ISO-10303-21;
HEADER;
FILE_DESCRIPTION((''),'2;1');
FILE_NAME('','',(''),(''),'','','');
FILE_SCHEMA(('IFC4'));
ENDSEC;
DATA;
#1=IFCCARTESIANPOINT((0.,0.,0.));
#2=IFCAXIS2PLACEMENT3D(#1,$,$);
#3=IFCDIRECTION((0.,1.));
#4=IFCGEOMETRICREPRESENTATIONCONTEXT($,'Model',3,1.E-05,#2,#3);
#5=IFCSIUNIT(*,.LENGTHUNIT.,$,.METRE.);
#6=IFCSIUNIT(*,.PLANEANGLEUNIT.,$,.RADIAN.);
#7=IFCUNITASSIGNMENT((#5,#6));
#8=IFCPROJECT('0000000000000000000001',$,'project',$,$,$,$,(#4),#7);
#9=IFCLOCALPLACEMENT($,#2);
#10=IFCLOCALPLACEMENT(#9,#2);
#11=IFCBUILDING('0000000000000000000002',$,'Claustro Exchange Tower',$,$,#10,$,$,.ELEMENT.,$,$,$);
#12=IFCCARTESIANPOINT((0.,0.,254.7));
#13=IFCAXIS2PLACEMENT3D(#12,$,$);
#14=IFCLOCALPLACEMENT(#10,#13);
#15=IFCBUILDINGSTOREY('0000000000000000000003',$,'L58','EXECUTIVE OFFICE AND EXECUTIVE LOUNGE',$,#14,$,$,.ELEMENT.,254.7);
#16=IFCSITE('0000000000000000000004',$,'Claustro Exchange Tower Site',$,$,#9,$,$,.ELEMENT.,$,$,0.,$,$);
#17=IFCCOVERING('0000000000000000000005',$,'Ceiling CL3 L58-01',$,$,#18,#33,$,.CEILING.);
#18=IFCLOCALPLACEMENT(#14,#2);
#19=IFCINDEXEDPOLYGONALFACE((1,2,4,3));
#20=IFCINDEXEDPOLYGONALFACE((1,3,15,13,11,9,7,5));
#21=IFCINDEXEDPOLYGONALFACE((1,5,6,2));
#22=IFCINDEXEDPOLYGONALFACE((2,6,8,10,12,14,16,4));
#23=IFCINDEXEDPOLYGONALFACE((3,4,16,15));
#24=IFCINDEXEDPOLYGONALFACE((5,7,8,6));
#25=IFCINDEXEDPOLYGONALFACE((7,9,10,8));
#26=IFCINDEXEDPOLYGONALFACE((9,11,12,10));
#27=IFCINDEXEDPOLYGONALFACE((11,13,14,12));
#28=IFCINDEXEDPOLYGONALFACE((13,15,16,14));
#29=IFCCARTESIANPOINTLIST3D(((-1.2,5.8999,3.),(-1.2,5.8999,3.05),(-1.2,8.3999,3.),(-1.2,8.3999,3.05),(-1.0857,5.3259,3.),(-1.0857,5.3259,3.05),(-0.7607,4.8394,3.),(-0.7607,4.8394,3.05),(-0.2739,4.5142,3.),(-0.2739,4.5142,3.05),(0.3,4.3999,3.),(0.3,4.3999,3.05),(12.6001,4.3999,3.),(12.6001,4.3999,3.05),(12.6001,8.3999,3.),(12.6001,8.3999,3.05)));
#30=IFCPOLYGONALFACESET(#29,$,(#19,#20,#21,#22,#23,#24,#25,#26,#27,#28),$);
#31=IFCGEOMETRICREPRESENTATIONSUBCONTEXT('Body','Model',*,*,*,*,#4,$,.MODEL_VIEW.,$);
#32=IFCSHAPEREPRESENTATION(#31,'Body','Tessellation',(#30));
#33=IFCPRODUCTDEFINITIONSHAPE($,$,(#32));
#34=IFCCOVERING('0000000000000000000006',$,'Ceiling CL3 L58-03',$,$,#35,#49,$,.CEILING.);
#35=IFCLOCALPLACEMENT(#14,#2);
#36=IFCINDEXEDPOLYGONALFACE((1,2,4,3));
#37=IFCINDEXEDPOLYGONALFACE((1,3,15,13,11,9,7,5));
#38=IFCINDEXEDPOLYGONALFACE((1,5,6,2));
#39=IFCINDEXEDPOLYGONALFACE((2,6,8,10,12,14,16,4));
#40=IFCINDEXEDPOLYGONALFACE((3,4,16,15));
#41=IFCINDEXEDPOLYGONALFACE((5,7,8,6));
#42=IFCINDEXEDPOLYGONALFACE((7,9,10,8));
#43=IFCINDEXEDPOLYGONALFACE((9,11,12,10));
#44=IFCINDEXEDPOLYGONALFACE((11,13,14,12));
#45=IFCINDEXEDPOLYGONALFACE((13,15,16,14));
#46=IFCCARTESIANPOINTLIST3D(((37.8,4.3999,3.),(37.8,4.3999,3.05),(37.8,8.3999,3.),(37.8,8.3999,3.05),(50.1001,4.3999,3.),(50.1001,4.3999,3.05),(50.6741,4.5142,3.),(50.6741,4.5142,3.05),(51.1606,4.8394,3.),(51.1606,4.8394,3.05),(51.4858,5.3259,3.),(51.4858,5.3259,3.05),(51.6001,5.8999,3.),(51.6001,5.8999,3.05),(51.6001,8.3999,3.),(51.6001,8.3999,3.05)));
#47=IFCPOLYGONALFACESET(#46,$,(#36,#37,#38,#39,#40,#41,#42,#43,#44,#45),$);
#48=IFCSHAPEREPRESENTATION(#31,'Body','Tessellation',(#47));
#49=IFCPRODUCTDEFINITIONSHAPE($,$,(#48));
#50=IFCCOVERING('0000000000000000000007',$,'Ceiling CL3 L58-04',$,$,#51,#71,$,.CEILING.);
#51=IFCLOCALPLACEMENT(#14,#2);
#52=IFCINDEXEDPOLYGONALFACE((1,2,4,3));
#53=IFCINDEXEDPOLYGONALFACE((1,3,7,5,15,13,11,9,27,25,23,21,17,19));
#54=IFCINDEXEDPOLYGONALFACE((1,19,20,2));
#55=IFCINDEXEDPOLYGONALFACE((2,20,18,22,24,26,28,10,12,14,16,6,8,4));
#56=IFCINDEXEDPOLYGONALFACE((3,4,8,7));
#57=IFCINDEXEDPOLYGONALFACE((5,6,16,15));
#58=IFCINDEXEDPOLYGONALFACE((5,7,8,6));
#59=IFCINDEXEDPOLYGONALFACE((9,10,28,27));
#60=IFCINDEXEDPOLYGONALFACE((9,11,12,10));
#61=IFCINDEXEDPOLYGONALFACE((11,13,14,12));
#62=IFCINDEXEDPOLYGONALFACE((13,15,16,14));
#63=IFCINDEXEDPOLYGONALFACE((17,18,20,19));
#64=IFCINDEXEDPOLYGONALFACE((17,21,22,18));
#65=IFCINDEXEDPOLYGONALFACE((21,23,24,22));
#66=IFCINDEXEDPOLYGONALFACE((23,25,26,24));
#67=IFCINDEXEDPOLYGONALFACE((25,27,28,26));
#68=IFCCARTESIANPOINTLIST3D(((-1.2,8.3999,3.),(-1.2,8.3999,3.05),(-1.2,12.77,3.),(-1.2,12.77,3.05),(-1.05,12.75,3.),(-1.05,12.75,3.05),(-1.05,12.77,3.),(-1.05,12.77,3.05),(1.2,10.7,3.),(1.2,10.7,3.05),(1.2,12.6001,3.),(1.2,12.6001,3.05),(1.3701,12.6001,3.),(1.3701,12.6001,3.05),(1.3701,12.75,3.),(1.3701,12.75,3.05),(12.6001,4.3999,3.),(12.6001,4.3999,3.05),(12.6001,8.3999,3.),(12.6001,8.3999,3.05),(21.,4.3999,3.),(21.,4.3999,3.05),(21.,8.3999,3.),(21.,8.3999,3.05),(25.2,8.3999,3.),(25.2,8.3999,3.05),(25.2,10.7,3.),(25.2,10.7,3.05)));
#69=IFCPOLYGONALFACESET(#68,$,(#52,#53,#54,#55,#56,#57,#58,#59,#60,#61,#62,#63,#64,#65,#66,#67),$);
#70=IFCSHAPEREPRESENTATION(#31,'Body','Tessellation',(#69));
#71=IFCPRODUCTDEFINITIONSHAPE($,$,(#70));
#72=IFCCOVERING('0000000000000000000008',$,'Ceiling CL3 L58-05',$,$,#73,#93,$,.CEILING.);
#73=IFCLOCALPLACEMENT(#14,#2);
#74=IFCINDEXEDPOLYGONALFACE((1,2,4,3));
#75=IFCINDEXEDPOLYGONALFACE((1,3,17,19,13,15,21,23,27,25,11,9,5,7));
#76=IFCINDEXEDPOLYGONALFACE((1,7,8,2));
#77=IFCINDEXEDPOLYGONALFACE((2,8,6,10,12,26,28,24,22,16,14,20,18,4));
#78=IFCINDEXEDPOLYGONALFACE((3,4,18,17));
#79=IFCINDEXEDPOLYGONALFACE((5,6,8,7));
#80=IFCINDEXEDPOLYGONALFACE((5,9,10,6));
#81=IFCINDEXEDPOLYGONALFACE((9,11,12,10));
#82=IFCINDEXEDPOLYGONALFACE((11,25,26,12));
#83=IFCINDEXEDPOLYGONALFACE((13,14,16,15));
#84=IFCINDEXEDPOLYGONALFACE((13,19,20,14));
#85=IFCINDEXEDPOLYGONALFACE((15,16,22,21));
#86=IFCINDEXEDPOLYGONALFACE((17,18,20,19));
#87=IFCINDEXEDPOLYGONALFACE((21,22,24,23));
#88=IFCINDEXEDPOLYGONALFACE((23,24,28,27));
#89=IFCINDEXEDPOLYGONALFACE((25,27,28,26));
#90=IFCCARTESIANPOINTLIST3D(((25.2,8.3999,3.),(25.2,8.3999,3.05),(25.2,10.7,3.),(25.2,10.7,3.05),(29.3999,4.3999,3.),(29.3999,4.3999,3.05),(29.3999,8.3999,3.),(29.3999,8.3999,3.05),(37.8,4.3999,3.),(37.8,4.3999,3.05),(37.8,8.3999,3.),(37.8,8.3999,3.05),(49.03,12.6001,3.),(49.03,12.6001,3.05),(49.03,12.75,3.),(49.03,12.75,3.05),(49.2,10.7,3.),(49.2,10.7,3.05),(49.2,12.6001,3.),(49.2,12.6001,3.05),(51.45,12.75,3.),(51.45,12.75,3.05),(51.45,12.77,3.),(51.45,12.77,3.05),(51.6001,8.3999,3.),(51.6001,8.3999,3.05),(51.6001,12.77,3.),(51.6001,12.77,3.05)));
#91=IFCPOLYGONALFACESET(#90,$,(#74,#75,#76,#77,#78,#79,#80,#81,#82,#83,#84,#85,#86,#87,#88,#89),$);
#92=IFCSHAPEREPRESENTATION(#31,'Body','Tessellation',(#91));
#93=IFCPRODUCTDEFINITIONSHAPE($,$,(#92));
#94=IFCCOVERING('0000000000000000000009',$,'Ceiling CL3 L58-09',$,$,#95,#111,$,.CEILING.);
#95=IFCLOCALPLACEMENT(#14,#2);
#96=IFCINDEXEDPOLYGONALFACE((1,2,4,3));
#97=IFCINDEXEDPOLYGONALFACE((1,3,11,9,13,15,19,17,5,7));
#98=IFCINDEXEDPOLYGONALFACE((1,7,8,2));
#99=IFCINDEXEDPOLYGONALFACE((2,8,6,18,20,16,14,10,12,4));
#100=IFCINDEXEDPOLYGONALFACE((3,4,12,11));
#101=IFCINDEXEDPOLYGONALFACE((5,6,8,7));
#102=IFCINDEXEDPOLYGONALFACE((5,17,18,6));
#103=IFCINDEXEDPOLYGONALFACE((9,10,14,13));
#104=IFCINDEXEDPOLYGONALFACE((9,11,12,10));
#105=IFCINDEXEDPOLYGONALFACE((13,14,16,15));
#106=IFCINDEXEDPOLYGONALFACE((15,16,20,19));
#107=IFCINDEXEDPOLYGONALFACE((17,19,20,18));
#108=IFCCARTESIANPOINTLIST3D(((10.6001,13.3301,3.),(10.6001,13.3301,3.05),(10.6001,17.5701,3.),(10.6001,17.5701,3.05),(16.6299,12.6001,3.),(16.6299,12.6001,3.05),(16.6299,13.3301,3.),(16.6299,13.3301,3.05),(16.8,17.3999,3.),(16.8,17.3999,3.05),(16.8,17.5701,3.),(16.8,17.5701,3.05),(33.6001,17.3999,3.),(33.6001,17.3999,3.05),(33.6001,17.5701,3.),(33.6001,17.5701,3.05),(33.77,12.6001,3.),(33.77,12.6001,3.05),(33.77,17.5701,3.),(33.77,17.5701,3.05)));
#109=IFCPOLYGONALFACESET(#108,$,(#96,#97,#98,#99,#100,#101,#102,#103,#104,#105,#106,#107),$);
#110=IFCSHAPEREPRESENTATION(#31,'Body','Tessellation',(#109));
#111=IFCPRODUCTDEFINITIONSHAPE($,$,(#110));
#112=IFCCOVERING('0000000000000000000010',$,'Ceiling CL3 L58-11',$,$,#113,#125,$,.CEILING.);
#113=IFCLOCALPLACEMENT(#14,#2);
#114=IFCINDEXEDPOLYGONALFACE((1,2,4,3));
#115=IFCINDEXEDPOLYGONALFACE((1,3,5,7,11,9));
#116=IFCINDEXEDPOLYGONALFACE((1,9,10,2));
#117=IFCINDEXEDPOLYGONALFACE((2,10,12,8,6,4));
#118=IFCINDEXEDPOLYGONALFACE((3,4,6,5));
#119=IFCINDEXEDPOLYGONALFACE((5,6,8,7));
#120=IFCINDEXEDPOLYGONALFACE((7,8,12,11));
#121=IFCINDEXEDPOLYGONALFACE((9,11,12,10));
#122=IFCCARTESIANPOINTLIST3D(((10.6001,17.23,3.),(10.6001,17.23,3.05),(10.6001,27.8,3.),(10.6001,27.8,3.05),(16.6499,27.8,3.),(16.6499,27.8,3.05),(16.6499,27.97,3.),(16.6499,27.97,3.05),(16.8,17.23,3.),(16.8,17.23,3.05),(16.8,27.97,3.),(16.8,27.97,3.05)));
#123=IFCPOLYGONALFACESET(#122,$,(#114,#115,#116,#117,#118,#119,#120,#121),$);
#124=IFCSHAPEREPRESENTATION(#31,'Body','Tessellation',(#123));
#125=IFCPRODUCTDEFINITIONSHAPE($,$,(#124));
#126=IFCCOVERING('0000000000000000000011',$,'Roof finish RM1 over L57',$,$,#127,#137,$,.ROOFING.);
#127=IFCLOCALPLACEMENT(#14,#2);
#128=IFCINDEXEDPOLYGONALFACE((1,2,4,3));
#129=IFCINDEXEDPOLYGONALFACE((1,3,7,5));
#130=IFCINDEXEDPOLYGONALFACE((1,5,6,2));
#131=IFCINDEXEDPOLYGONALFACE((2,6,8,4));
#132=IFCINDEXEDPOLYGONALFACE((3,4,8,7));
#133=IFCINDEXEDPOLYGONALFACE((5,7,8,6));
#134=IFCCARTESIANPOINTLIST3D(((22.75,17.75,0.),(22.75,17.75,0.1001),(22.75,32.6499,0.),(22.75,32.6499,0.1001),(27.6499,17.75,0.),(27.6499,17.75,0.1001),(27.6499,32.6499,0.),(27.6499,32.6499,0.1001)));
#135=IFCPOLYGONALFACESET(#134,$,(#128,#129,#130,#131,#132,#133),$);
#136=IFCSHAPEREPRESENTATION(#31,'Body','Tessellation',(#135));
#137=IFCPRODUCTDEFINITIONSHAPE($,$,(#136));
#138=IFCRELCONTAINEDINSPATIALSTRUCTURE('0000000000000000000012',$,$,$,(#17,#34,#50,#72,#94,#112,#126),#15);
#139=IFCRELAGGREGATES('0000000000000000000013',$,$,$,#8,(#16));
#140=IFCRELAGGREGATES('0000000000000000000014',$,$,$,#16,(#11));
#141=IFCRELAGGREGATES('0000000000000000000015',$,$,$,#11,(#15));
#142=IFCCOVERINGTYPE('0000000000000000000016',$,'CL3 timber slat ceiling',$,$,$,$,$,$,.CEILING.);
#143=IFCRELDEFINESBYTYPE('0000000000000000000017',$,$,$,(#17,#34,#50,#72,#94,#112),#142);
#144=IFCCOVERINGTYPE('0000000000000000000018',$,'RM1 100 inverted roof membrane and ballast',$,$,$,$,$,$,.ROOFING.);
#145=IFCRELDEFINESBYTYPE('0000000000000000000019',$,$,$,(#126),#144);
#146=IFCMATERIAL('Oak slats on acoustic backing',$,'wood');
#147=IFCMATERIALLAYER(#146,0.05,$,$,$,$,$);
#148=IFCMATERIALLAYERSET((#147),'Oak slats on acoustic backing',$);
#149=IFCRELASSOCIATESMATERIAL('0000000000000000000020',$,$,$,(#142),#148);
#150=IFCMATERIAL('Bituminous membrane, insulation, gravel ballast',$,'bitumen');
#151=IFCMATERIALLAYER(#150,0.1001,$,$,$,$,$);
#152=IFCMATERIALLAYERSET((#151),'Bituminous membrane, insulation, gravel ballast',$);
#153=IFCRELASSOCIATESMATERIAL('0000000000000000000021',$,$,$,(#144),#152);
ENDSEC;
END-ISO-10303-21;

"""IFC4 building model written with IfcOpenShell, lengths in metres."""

from ifc_helpers import new_model, si_unit, direction, frame, origin, place, context, subcontext, project, spatial, polyline, outline, extrude, material, layer, layer_set, type_object, element, save


model = new_model("IFC4")

# Units and contexts
model_context = context("Model", 3, precision=1e-05, world=origin(), true_north=direction((0.0, 1.0)))
body_context = subcontext(model_context, "Body", "Model", "MODEL_VIEW")
ifc_project = project(units=[si_unit("LENGTHUNIT", "METRE"), si_unit("PLANEANGLEUNIT", "RADIAN")], contexts=[model_context])

# Site, building, storey
site_placement = place(None, origin())
site = spatial("IfcSite", under=ifc_project, at=site_placement, Name="Claustro Exchange Tower Site", CompositionType="ELEMENT", RefElevation=0.0)
building_placement = place(site_placement, origin())
building = spatial("IfcBuilding", under=site, at=building_placement, Name="Claustro Exchange Tower", CompositionType="ELEMENT")
storey_placement = place(building_placement, frame((0.0, 0.0, 254.7)))
storey = spatial("IfcBuildingStorey", under=building, at=storey_placement, Name="L58", Description="EXECUTIVE OFFICE AND EXECUTIVE LOUNGE", CompositionType="ELEMENT", Elevation=254.7)

# Coverings
ifc_material_1 = material(Name="Oak slats on acoustic backing", Category="wood")
ifc_layer_1 = layer(ifc_material_1, 0.05)
ifc_layer_set_1 = layer_set([ifc_layer_1], Name="Oak slats on acoustic backing")
covering_type_1 = type_object("IfcCoveringType", Name="CL3 timber slat ceiling", PredefinedType="CEILING", material=ifc_layer_set_1)
covering_1_placement = place(storey_placement, frame((0.0, 0.0, 3.0)))
element("IfcCovering", 1, at=covering_1_placement, inside=storey, type_object=covering_type_1, Name="Ceiling CL3 L58-01", PredefinedType="CEILING", context=body_context, shape_type="SweptSolid", body=[
    extrude(outline(polyline([(-1.0857, 5.3259), (-0.7607, 4.8394), (-0.2739, 4.5142), (0.3, 4.3999), (12.6001, 4.3999), (12.6001, 8.3999), (-1.2, 8.3999), (-1.2, 5.8999), (-1.0857, 5.3259)])), origin(), (0.0, 0.0, 1.0), 0.05),
])
covering_2_placement = place(storey_placement, frame((0.0, 0.0, 3.0)))
element("IfcCovering", 2, at=covering_2_placement, inside=storey, type_object=covering_type_1, Name="Ceiling CL3 L58-03", PredefinedType="CEILING", context=body_context, shape_type="SweptSolid", body=[
    extrude(outline(polyline([(51.6001, 5.8999), (51.6001, 8.3999), (37.8, 8.3999), (37.8, 4.3999), (50.1001, 4.3999), (50.6741, 4.5142), (51.1606, 4.8394), (51.4858, 5.3259), (51.6001, 5.8999)])), origin(), (0.0, 0.0, 1.0), 0.05),
])
covering_3_placement = place(storey_placement, frame((0.0, 0.0, 3.0)))
element("IfcCovering", 3, at=covering_3_placement, inside=storey, type_object=covering_type_1, Name="Ceiling CL3 L58-04", PredefinedType="CEILING", context=body_context, shape_type="SweptSolid", body=[
    extrude(outline(polyline([(1.2, 10.7), (1.2, 12.6001), (1.3701, 12.6001), (1.3701, 12.75), (-1.05, 12.75), (-1.05, 12.77), (-1.2, 12.77), (-1.2, 8.3999), (12.6001, 8.3999), (12.6001, 4.3999), (21.0, 4.3999), (21.0, 8.3999), (25.2, 8.3999), (25.2, 10.7), (1.2, 10.7)])), origin(), (0.0, 0.0, 1.0), 0.05),
])
covering_4_placement = place(storey_placement, frame((0.0, 0.0, 3.0)))
element("IfcCovering", 4, at=covering_4_placement, inside=storey, type_object=covering_type_1, Name="Ceiling CL3 L58-05", PredefinedType="CEILING", context=body_context, shape_type="SweptSolid", body=[
    extrude(outline(polyline([(51.6001, 8.3999), (51.6001, 12.77), (51.45, 12.77), (51.45, 12.75), (49.03, 12.75), (49.03, 12.6001), (49.2, 12.6001), (49.2, 10.7), (25.2, 10.7), (25.2, 8.3999), (29.3999, 8.3999), (29.3999, 4.3999), (37.8, 4.3999), (37.8, 8.3999), (51.6001, 8.3999)])), origin(), (0.0, 0.0, 1.0), 0.05),
])
covering_5_placement = place(storey_placement, frame((0.0, 0.0, 3.0)))
element("IfcCovering", 5, at=covering_5_placement, inside=storey, type_object=covering_type_1, Name="Ceiling CL3 L58-09", PredefinedType="CEILING", context=body_context, shape_type="SweptSolid", body=[
    extrude(outline(polyline([(33.6001, 17.3999), (16.8, 17.3999), (16.8, 17.5701), (10.6001, 17.5701), (10.6001, 13.3301), (16.6299, 13.3301), (16.6299, 12.6001), (33.77, 12.6001), (33.77, 17.5701), (33.6001, 17.5701), (33.6001, 17.3999)])), origin(), (0.0, 0.0, 1.0), 0.05),
])
covering_6_placement = place(storey_placement, frame((0.0, 0.0, 3.0)))
element("IfcCovering", 6, at=covering_6_placement, inside=storey, type_object=covering_type_1, Name="Ceiling CL3 L58-11", PredefinedType="CEILING", context=body_context, shape_type="SweptSolid", body=[
    extrude(outline(polyline([(10.6001, 27.8), (10.6001, 17.23), (16.8, 17.23), (16.8, 27.97), (16.6499, 27.97), (16.6499, 27.8), (10.6001, 27.8)])), origin(), (0.0, 0.0, 1.0), 0.05),
])
ifc_material_2 = material(Name="Bituminous membrane, insulation, gravel ballast", Category="bitumen")
ifc_layer_2 = layer(ifc_material_2, 0.1001)
ifc_layer_set_2 = layer_set([ifc_layer_2], Name="Bituminous membrane, insulation, gravel ballast")
covering_type_2 = type_object("IfcCoveringType", Name="RM1 100 inverted roof membrane and ballast", PredefinedType="ROOFING", material=ifc_layer_set_2)
covering_7_placement = place(storey_placement, origin())
element("IfcCovering", 7, at=covering_7_placement, inside=storey, type_object=covering_type_2, Name="Roof finish RM1 over L57", PredefinedType="ROOFING", context=body_context, shape_type="SweptSolid", body=[
    extrude(outline(polyline([(27.6499, 17.75), (27.6499, 32.6499), (22.75, 32.6499), (22.75, 17.75), (27.6499, 17.75)])), origin(), (0.0, 0.0, 1.0), 0.1001),
])

save(model, "model.ifc")
